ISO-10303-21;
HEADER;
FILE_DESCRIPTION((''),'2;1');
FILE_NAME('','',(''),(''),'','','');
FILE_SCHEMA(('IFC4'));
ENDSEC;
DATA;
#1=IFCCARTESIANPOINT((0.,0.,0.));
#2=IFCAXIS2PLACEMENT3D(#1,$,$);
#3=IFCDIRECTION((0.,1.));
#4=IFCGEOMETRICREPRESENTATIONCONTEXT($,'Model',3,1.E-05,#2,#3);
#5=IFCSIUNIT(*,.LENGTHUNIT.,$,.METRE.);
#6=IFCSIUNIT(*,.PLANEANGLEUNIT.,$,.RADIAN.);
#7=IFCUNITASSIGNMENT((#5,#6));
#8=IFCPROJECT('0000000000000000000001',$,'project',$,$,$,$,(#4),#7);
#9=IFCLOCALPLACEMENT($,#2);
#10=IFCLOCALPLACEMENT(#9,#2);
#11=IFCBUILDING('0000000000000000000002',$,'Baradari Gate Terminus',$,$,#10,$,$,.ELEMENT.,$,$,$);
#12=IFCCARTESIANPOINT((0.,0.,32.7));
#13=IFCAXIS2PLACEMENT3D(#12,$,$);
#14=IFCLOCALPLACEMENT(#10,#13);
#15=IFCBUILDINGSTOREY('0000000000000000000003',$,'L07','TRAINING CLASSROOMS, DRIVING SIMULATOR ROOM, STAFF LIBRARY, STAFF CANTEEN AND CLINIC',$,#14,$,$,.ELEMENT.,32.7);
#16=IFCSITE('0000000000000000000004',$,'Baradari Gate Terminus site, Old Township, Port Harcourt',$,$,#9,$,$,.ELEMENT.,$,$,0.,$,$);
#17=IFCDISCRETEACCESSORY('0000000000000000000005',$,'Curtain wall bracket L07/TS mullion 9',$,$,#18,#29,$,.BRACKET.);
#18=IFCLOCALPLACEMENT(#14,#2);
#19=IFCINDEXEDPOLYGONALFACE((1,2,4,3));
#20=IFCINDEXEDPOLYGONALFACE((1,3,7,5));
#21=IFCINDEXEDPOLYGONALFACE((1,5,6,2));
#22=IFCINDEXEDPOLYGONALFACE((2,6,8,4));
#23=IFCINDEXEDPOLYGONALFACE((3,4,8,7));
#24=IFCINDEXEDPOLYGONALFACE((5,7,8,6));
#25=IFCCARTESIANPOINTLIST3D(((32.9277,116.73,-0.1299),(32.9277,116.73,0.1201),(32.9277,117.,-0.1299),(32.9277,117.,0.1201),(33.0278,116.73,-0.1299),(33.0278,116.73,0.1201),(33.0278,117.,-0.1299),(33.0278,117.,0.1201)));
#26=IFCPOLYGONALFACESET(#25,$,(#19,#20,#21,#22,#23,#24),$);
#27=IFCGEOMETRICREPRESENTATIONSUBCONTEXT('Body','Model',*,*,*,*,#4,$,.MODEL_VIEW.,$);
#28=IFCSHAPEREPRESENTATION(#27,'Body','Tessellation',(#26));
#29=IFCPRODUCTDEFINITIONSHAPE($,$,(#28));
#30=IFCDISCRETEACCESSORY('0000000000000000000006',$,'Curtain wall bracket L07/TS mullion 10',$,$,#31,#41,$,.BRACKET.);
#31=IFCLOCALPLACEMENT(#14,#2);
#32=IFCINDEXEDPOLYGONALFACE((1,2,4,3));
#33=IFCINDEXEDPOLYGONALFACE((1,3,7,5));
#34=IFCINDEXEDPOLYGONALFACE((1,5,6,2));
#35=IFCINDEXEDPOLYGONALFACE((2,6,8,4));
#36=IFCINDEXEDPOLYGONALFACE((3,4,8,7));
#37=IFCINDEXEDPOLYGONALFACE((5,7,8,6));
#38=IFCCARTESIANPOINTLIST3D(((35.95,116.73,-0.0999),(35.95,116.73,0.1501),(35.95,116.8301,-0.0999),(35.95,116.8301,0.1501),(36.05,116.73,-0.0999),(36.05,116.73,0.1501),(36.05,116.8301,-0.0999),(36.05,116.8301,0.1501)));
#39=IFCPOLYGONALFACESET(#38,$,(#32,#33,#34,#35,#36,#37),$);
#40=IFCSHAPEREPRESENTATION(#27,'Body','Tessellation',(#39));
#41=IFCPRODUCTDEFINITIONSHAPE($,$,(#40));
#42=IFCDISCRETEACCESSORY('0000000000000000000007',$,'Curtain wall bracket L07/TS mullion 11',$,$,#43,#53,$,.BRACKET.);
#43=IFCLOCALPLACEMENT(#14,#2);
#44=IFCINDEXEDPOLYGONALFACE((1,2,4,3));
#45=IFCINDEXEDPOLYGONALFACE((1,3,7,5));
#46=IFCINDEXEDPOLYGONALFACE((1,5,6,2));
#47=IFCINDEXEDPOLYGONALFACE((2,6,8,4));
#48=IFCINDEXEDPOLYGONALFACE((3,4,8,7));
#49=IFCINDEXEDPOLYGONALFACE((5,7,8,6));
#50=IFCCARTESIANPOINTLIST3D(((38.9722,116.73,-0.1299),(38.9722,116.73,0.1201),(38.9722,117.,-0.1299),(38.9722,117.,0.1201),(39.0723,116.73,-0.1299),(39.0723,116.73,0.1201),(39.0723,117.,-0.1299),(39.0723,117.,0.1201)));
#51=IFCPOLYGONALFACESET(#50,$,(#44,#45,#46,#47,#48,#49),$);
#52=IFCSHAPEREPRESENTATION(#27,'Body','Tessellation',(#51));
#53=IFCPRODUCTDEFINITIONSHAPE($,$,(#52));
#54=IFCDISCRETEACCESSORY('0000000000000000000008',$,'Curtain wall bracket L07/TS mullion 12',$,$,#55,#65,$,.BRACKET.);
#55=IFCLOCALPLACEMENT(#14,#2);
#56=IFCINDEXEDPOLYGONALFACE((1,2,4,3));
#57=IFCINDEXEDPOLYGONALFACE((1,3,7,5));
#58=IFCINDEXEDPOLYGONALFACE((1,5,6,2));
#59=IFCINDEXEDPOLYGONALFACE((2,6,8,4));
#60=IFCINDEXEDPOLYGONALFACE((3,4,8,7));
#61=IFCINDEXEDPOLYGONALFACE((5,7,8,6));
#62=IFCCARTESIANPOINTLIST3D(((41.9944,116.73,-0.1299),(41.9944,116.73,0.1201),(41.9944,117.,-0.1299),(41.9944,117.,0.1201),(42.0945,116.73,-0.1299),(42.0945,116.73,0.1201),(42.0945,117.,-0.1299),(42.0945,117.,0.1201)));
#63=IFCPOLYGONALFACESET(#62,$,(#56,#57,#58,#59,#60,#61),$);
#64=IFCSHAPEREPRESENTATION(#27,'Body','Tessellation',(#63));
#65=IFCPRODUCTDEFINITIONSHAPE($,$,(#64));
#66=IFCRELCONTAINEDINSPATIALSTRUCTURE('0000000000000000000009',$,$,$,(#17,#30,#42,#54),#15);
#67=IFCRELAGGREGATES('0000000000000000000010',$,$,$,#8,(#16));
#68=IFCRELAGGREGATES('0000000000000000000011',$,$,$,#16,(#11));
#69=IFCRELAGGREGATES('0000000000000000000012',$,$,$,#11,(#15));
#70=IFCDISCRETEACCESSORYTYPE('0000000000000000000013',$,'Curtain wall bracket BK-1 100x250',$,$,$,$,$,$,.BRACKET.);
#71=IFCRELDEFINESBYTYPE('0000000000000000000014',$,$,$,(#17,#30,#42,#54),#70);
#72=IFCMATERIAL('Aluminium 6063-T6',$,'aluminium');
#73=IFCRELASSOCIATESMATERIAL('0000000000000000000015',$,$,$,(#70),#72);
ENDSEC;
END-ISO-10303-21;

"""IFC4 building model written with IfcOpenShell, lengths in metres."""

from ifc_helpers import new_model, si_unit, direction, frame, origin, origin_2d, place, context, subcontext, project, spatial, rectangle, extrude, material, type_object, element, save


model = new_model("IFC4")

# Units and contexts
model_context = context("Model", 3, precision=1e-05, world=origin(), true_north=direction((0.0, 1.0)))
body_context = subcontext(model_context, "Body", "Model", "MODEL_VIEW")
ifc_project = project(units=[si_unit("LENGTHUNIT", "METRE"), si_unit("PLANEANGLEUNIT", "RADIAN")], contexts=[model_context])

# Site, building, storey
site_placement = place(None, origin())
site = spatial("IfcSite", under=ifc_project, at=site_placement, Name="Baradari Gate Terminus site, Old Township, Port Harcourt", CompositionType="ELEMENT", RefElevation=0.0)
building_placement = place(site_placement, origin())
building = spatial("IfcBuilding", under=site, at=building_placement, Name="Baradari Gate Terminus", CompositionType="ELEMENT")
storey_placement = place(building_placement, frame((0.0, 0.0, 32.7)))
storey = spatial("IfcBuildingStorey", under=building, at=storey_placement, Name="L07", Description="TRAINING CLASSROOMS, DRIVING SIMULATOR ROOM, STAFF LIBRARY, STAFF CANTEEN AND CLINIC", CompositionType="ELEMENT", Elevation=32.7)

# Discrete accessories
ifc_material_1 = material(Name="Aluminium 6063-T6", Category="aluminium")
discrete_accessory_type = type_object("IfcDiscreteAccessoryType", Name="Curtain wall bracket BK-1 100x250", PredefinedType="BRACKET", material=ifc_material_1)
discrete_accessory_1_placement = place(storey_placement, frame((32.9778, 116.865, -0.1299), z_axis=(0.0, 0.0, 1.0), x_axis=(0.0, -1.0, 0.0)))
element("IfcDiscreteAccessory", 1, at=discrete_accessory_1_placement, inside=storey, type_object=discrete_accessory_type, Name="Curtain wall bracket L07/TS mullion 9", PredefinedType="BRACKET", context=body_context, shape_type="SweptSolid", body=[
    extrude(rectangle(XDim=0.27, YDim=0.1001, at=origin_2d()), origin(), (0.0, 0.0, 1.0), 0.25),
])
discrete_accessory_2_placement = place(storey_placement, frame((36.0, 116.78, -0.0999), z_axis=(0.0, 0.0, 1.0), x_axis=(0.0, -1.0, 0.0)))
element("IfcDiscreteAccessory", 2, at=discrete_accessory_2_placement, inside=storey, type_object=discrete_accessory_type, Name="Curtain wall bracket L07/TS mullion 10", PredefinedType="BRACKET", context=body_context, shape_type="SweptSolid", body=[
    extrude(rectangle(XDim=0.1001, YDim=0.1001, at=origin_2d()), origin(), (0.0, 0.0, 1.0), 0.25),
])
for number, where, z_axis, x_axis, name in (
    (3, (39.0222, 116.865, -0.1299), (0.0, 0.0, 1.0), (0.0, -1.0, 0.0), "Curtain wall bracket L07/TS mullion 11"),
    (4, (42.0444, 116.865, -0.1299), (0.0, 0.0, 1.0), (0.0, -1.0, 0.0), "Curtain wall bracket L07/TS mullion 12"),
):
    element("IfcDiscreteAccessory", number, at=place(storey_placement, frame(where, z_axis=z_axis, x_axis=x_axis)), inside=storey, type_object=discrete_accessory_type, Name=name, PredefinedType="BRACKET", context=body_context, shape_type="SweptSolid", body=[
        extrude(rectangle(XDim=0.27, YDim=0.1001, at=origin_2d()), origin(), (0.0, 0.0, 1.0), 0.25),
    ])

save(model, "model.ifc")
